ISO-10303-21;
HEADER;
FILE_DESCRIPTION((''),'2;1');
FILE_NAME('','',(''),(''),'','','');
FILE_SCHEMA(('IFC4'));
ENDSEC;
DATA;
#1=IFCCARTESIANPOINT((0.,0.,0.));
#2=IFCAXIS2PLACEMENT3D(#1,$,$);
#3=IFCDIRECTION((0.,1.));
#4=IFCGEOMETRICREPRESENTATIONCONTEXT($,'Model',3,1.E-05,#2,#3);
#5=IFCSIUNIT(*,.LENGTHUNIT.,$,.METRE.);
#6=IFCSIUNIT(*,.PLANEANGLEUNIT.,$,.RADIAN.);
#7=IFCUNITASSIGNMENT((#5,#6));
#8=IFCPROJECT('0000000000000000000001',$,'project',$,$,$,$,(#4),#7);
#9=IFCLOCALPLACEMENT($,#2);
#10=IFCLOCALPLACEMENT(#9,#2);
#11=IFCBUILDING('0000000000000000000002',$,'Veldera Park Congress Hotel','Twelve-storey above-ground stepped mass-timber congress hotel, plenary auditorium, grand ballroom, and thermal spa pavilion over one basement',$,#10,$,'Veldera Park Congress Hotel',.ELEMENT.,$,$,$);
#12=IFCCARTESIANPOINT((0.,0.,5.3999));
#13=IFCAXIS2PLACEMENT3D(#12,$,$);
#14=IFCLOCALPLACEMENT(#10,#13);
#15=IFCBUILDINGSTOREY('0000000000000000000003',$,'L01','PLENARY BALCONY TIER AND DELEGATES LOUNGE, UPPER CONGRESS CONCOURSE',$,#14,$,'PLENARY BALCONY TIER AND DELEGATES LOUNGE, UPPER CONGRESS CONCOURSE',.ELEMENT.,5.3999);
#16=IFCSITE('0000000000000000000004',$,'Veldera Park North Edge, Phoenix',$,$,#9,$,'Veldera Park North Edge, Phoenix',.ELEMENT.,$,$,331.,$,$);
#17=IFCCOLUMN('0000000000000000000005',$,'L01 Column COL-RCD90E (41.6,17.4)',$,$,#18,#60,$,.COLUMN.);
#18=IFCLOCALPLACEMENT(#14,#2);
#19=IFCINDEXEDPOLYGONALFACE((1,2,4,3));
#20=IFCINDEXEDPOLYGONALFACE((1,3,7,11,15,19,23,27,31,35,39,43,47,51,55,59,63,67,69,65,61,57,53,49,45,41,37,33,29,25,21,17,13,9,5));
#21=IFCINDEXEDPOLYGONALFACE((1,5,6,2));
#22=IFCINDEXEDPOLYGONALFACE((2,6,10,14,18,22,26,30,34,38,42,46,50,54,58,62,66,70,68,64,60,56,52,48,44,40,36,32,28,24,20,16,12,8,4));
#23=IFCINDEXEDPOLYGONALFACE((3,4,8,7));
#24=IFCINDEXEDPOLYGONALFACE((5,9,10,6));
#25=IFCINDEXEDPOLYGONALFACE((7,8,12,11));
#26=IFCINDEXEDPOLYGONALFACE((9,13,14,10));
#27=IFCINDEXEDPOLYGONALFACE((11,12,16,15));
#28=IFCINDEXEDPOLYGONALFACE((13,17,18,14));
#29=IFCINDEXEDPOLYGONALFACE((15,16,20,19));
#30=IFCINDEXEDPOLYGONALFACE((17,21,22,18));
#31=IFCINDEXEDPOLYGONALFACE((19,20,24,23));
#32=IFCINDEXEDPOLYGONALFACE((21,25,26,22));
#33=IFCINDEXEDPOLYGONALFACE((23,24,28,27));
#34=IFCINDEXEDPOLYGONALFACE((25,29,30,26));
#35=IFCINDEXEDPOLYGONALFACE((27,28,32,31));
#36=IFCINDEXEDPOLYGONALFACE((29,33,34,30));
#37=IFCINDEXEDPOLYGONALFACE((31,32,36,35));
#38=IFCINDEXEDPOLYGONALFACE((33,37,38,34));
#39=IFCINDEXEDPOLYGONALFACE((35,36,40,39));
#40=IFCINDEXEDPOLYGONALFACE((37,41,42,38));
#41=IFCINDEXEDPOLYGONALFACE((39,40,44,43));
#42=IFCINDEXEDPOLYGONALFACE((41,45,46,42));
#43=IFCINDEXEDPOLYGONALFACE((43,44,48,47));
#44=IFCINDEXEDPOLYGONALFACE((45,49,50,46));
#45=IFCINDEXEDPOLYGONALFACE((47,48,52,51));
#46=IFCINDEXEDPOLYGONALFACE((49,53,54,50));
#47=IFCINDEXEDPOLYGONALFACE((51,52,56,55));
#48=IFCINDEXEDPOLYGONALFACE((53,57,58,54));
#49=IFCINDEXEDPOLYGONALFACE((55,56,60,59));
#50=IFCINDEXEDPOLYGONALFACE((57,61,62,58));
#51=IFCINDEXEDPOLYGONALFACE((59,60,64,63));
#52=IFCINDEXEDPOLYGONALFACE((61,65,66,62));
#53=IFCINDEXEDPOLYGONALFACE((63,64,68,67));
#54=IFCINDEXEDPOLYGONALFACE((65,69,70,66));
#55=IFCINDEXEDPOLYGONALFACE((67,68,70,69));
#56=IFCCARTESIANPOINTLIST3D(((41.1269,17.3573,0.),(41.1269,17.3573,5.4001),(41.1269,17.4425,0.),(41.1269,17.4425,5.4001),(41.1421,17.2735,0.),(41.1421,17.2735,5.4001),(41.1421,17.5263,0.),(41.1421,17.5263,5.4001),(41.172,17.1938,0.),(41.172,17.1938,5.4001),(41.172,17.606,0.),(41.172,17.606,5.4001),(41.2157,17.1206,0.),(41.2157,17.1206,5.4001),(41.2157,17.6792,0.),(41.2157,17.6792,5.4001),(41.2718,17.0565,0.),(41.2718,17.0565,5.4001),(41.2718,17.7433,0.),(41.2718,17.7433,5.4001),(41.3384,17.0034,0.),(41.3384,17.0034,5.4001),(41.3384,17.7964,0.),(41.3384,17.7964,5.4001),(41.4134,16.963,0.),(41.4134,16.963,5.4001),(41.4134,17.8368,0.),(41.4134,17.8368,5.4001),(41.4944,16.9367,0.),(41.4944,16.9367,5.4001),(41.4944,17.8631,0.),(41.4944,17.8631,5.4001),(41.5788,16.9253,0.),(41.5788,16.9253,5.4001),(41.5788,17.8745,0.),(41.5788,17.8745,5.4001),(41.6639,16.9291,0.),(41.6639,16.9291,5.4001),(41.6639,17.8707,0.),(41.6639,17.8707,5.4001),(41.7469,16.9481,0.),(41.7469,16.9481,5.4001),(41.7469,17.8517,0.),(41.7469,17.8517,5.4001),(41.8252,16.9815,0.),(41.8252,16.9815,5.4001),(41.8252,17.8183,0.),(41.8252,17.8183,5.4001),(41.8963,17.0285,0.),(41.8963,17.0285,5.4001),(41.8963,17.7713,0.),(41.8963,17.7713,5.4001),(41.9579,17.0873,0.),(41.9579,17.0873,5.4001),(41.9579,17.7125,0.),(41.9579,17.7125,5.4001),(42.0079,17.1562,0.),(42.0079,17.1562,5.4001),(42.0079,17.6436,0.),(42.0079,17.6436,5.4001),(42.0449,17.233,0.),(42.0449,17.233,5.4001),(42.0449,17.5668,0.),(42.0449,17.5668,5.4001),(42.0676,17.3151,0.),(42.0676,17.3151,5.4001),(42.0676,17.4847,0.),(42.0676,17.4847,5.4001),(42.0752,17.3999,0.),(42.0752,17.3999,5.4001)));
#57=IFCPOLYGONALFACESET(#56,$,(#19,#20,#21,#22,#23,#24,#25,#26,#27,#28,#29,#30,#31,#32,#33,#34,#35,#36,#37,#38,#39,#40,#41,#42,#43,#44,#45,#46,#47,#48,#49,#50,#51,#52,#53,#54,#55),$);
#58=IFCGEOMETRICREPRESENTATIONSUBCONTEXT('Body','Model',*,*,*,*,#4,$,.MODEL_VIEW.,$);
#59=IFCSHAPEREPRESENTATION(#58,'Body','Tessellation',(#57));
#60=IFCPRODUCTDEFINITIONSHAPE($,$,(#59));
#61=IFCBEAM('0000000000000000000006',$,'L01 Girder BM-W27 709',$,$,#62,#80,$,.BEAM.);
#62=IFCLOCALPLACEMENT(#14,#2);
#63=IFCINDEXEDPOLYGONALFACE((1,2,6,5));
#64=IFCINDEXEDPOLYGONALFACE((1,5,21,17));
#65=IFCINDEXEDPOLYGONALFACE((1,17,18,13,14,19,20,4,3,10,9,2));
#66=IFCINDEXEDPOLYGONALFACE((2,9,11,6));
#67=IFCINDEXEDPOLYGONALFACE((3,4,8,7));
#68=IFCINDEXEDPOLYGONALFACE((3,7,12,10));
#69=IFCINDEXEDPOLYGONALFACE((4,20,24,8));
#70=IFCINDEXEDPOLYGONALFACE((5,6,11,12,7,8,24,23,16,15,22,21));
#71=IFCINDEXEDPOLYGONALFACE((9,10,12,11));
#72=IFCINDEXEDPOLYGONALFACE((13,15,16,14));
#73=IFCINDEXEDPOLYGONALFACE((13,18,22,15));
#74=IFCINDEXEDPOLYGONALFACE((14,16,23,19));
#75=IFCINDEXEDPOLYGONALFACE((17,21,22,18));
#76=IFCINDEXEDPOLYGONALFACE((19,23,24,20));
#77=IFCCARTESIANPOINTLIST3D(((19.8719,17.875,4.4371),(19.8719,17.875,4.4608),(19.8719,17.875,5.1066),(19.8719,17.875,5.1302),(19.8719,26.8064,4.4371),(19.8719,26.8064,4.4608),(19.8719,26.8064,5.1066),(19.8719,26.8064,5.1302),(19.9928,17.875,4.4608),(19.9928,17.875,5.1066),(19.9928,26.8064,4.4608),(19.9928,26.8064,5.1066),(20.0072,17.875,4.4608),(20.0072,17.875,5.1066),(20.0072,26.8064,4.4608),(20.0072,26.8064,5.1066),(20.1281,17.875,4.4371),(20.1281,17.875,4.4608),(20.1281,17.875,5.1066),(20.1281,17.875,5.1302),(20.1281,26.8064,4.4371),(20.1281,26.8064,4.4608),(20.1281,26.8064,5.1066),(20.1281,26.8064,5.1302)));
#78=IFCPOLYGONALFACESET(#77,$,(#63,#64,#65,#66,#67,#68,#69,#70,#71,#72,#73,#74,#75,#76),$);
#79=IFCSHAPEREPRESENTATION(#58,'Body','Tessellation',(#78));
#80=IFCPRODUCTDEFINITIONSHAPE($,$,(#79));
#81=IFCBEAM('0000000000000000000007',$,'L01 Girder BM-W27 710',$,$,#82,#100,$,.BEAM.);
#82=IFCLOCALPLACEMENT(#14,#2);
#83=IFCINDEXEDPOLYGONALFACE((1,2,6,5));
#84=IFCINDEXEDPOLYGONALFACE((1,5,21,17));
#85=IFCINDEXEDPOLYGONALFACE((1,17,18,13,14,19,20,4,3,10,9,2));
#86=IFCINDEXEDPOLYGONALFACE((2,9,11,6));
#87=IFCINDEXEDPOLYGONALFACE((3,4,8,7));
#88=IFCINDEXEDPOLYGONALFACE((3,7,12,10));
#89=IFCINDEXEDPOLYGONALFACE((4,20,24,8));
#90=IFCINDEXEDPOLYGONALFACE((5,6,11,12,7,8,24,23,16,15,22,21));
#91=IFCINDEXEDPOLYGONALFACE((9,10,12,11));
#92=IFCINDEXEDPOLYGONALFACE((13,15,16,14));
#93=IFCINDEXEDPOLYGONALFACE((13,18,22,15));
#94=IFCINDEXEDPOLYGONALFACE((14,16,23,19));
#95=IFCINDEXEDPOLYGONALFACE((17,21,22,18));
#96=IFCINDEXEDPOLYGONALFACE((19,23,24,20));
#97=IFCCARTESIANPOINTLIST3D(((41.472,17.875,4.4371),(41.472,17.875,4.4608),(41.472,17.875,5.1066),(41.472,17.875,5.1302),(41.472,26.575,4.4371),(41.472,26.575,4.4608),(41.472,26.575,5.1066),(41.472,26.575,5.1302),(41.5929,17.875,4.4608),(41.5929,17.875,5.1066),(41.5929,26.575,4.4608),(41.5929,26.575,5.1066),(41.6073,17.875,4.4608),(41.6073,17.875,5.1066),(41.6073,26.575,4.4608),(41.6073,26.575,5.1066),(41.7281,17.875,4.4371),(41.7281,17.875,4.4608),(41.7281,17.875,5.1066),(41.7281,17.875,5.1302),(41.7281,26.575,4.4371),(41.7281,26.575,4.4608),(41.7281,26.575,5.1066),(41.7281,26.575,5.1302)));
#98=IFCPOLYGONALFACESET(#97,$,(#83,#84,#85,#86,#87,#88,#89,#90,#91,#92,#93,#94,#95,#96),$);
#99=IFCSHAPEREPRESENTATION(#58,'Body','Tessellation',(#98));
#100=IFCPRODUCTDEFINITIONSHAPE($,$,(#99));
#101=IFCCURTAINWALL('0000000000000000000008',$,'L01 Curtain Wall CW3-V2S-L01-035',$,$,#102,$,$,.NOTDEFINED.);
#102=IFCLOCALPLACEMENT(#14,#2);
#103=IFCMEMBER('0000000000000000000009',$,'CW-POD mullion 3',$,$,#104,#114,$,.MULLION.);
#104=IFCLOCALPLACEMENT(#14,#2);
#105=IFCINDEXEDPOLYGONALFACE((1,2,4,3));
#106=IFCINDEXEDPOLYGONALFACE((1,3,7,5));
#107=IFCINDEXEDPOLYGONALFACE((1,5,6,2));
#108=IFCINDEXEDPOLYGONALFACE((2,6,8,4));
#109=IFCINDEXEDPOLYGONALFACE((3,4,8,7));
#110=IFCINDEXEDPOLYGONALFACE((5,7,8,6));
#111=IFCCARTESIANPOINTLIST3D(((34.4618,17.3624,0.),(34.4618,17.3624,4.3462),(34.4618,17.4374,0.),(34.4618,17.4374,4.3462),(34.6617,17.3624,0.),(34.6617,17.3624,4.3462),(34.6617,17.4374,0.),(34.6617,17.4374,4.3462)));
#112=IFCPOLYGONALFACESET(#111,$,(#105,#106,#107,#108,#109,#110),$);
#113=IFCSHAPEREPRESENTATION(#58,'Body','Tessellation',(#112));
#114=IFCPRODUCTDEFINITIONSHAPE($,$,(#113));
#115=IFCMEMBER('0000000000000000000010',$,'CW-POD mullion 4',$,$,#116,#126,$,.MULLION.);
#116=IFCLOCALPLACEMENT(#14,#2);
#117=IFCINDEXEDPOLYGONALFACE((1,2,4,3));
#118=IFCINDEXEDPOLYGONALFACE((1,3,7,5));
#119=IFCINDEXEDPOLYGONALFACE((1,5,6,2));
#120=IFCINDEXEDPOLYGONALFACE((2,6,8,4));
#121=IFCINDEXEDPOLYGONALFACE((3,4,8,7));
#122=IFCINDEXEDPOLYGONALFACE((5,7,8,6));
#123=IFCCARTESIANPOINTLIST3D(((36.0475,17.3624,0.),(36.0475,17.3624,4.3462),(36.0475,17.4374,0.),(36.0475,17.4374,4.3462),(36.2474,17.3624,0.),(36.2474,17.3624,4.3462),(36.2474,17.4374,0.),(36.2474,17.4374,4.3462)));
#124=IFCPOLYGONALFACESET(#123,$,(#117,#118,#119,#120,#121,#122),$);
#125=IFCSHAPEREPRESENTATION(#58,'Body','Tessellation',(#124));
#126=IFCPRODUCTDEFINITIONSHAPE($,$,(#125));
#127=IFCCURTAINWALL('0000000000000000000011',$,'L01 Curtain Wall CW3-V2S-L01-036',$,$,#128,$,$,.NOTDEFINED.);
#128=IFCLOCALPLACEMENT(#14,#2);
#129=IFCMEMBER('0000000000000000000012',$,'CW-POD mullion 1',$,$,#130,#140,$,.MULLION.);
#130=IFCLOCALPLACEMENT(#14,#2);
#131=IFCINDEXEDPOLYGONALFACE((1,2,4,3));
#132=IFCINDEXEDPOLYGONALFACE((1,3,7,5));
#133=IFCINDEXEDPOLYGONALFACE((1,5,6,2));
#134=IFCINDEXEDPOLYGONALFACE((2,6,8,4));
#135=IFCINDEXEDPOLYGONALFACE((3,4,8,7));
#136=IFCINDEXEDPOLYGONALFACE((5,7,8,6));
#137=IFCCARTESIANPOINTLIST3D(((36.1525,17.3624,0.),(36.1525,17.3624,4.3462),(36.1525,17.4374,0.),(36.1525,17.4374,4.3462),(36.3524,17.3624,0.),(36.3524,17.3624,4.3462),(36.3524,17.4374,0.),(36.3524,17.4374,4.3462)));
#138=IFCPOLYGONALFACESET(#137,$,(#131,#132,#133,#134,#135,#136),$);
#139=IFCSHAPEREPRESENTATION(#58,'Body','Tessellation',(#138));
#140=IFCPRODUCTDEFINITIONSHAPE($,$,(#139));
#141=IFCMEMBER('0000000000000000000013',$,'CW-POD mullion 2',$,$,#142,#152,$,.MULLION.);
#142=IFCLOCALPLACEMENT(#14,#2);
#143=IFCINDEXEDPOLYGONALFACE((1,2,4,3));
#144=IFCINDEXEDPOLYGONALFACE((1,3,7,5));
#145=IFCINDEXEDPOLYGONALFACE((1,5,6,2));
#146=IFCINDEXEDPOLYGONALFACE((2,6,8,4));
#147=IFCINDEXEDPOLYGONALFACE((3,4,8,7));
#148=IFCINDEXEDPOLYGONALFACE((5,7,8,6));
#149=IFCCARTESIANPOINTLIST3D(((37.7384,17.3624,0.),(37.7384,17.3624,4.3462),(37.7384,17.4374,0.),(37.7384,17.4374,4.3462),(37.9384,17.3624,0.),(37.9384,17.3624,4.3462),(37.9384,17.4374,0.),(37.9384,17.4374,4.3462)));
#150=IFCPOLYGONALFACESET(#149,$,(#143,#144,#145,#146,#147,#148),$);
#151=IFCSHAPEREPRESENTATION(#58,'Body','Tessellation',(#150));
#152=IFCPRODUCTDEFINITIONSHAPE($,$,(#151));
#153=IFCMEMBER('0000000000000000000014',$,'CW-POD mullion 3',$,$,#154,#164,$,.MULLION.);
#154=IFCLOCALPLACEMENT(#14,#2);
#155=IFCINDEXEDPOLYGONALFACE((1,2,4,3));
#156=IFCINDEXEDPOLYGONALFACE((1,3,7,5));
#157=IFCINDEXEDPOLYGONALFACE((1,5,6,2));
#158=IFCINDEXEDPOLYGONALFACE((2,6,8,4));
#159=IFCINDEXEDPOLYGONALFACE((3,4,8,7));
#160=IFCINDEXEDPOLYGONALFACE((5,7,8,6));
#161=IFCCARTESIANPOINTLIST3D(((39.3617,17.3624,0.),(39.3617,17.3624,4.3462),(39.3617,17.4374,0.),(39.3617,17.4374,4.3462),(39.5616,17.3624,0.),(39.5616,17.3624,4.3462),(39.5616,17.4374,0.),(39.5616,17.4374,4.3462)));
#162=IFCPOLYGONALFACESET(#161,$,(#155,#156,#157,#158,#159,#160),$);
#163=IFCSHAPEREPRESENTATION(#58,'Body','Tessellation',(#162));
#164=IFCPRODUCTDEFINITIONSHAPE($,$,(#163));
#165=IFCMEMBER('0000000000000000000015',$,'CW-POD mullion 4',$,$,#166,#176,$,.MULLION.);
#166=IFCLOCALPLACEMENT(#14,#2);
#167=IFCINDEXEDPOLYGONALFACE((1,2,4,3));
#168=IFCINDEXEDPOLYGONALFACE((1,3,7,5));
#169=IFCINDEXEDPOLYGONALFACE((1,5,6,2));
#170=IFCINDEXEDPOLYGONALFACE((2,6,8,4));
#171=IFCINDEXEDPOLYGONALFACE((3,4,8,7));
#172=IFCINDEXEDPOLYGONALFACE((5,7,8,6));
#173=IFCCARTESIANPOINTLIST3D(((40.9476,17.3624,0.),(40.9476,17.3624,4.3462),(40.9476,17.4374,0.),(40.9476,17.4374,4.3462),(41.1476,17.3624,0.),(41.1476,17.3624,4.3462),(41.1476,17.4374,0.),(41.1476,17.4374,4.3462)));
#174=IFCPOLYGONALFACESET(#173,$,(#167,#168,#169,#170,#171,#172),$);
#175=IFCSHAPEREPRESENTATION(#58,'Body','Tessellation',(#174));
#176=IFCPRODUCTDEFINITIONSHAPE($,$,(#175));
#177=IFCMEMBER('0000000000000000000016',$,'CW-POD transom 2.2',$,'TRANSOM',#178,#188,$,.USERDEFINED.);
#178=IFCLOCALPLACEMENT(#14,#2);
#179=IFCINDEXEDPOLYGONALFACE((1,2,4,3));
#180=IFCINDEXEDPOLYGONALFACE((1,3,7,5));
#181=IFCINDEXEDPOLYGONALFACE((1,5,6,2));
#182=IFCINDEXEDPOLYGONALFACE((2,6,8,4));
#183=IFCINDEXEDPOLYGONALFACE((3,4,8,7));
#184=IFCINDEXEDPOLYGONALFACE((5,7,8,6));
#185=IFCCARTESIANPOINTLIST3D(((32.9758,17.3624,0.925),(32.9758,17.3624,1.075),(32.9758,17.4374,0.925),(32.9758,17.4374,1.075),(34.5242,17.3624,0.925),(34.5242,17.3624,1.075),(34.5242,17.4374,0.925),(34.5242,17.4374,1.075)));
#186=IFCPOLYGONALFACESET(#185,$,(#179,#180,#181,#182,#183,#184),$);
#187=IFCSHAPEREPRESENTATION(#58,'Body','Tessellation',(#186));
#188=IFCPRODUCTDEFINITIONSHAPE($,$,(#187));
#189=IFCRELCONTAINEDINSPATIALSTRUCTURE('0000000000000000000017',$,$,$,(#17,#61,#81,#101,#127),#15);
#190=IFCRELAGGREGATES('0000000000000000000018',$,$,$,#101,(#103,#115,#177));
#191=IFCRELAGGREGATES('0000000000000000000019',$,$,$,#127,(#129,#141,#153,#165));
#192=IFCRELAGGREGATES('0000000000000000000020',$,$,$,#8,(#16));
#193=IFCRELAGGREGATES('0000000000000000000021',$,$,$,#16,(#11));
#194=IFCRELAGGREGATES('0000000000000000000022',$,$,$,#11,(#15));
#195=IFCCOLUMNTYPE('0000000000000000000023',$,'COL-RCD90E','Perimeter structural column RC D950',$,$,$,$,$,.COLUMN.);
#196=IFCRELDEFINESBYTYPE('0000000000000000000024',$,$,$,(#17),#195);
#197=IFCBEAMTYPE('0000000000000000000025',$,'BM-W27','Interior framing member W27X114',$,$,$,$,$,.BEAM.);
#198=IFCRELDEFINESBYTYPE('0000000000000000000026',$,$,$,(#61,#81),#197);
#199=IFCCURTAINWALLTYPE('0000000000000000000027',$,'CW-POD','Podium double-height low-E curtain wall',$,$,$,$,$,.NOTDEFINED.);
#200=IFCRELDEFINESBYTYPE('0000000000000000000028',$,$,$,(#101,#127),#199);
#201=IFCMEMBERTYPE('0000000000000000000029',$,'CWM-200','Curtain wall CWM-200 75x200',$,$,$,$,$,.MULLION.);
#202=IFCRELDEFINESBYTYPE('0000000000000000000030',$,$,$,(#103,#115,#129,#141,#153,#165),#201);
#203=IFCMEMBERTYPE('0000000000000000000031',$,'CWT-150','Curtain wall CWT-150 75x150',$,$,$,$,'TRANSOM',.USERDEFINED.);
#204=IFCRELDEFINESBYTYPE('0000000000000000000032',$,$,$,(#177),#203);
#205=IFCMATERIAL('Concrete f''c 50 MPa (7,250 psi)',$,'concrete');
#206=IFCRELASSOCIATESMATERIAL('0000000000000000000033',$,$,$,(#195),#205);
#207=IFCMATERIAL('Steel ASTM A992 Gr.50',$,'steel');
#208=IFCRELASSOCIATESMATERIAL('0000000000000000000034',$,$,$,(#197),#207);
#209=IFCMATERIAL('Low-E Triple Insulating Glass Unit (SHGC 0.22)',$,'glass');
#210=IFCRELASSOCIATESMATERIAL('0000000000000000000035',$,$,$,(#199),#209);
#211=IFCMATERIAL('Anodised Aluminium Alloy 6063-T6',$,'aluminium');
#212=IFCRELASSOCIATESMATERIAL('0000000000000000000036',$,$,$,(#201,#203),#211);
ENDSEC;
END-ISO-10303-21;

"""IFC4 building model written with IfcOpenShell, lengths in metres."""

from ifc_helpers import new_model, si_unit, direction, frame, origin, origin_2d, place, context, subcontext, project, spatial, rectangle, circle, i_section, extrude, material, material_profile, profile_set, type_object, element, aggregate, save


model = new_model("IFC4")

# Units and contexts
model_context = context("Model", 3, precision=1e-05, world=origin(), true_north=direction((0.0, 1.0)))
body_context = subcontext(model_context, "Body", "Model", "MODEL_VIEW")
ifc_project = project(units=[si_unit("LENGTHUNIT", "METRE"), si_unit("PLANEANGLEUNIT", "RADIAN")], contexts=[model_context])

# Site, building, storey
site_placement = place(None, origin())
site = spatial("IfcSite", under=ifc_project, at=site_placement, Name="Veldera Park North Edge, Phoenix", LongName="Veldera Park North Edge, Phoenix", CompositionType="ELEMENT", RefElevation=331.0)
building_placement = place(site_placement, origin())
building = spatial("IfcBuilding", under=site, at=building_placement, Name="Veldera Park Congress Hotel", Description="Twelve-storey above-ground stepped mass-timber congress hotel, plenary auditorium, grand ballroom, and thermal spa pavilion over one basement", LongName="Veldera Park Congress Hotel", CompositionType="ELEMENT")
storey_placement = place(building_placement, frame((0.0, 0.0, 5.3999)))
storey = spatial("IfcBuildingStorey", under=building, at=storey_placement, Name="L01", Description="PLENARY BALCONY TIER AND DELEGATES LOUNGE, UPPER CONGRESS CONCOURSE", LongName="PLENARY BALCONY TIER AND DELEGATES LOUNGE, UPPER CONGRESS CONCOURSE", CompositionType="ELEMENT", Elevation=5.3999)

# Column
ifc_material_1 = material(Name="Concrete f'c 50 MPa (7,250 psi)", Category="concrete")
ifc_material_profile_1 = material_profile(ifc_material_1, circle(Radius=0.4751, at=origin_2d()), Name="RC D950")
ifc_profile_set_1 = profile_set([ifc_material_profile_1], Name="Concrete f'c 50 MPa (7,250 psi)")
column_type = type_object("IfcColumnType", Name="COL-RCD90E", Description="Perimeter structural column RC D950", PredefinedType="COLUMN", material=ifc_profile_set_1)
column_placement = place(storey_placement, frame((41.6001, 17.3999, 0.0), z_axis=(0.0, 0.0, 1.0), x_axis=(1.0, 0.0, 0.0)))
element("IfcColumn", 1, at=column_placement, inside=storey, type_object=column_type, Name="L01 Column COL-RCD90E (41.6,17.4)", PredefinedType="COLUMN", context=body_context, shape_type="SweptSolid", body=[
    extrude(circle(Radius=0.4751, at=origin_2d()), origin(), (0.0, 0.0, 1.0), 5.4001),
])

# Beams
ifc_material_2 = material(Name="Steel ASTM A992 Gr.50", Category="steel")
ifc_material_profile_2 = material_profile(ifc_material_2, i_section(OverallWidth=0.2561, OverallDepth=0.6931, WebThickness=0.0144, FlangeThickness=0.0237, at=origin_2d()), Name="W27X114")
ifc_profile_set_2 = profile_set([ifc_material_profile_2], Name="Steel ASTM A992 Gr.50")
beam_type = type_object("IfcBeamType", Name="BM-W27", Description="Interior framing member W27X114", PredefinedType="BEAM", material=ifc_profile_set_2)
beam_1_placement = place(storey_placement, frame((20.0, 17.875, 4.7837), z_axis=(0.0, 1.0, 0.0), x_axis=(-1.0, 0.0, 0.0)))
element("IfcBeam", 2, at=beam_1_placement, inside=storey, type_object=beam_type, Name="L01 Girder BM-W27 709", PredefinedType="BEAM", context=body_context, shape_type="SweptSolid", body=[
    extrude(i_section(OverallWidth=0.2561, OverallDepth=0.6931, WebThickness=0.0144, FlangeThickness=0.0237, at=origin_2d()), origin(), (0.0, 0.0, 1.0), 8.9314),
])
beam_2_placement = place(storey_placement, frame((41.6001, 17.875, 4.7837), z_axis=(0.0, 1.0, 0.0), x_axis=(-1.0, 0.0, 0.0)))
element("IfcBeam", 3, at=beam_2_placement, inside=storey, type_object=beam_type, Name="L01 Girder BM-W27 710", PredefinedType="BEAM", context=body_context, shape_type="SweptSolid", body=[
    extrude(i_section(OverallWidth=0.2561, OverallDepth=0.6931, WebThickness=0.0144, FlangeThickness=0.0237, at=origin_2d()), origin(), (0.0, 0.0, 1.0), 8.7),
])

# Curtain walls, members
ifc_material_3 = material(Name="Low-E Triple Insulating Glass Unit (SHGC 0.22)", Category="glass")
curtain_wall_type = type_object("IfcCurtainWallType", Name="CW-POD", Description="Podium double-height low-E curtain wall", PredefinedType="NOTDEFINED", material=ifc_material_3)
curtain_wall_1_placement = place(storey_placement, origin())
curtain_wall_1 = element("IfcCurtainWall", 4, at=curtain_wall_1_placement, inside=storey, type_object=curtain_wall_type, Name="L01 Curtain Wall CW3-V2S-L01-035", PredefinedType="NOTDEFINED")
ifc_material_4 = material(Name="Anodised Aluminium Alloy 6063-T6", Category="aluminium")
ifc_material_profile_3 = material_profile(ifc_material_4, rectangle(XDim=0.075, YDim=0.2, at=origin_2d()), Name="ALU 75x200")
ifc_profile_set_3 = profile_set([ifc_material_profile_3], Name="Anodised Aluminium Alloy 6063-T6")
member_type_1 = type_object("IfcMemberType", Name="CWM-200", Description="Curtain wall CWM-200 75x200", PredefinedType="MULLION", material=ifc_profile_set_3)
member_1_placement = place(storey_placement, frame((34.5618, 17.3999, 0.0), z_axis=(0.0, 0.0, 1.0), x_axis=(0.0, 1.0, 0.0)))
member_1 = element("IfcMember", 5, at=member_1_placement, type_object=member_type_1, Name="CW-POD mullion 3", PredefinedType="MULLION", context=body_context, shape_type="SweptSolid", body=[
    extrude(rectangle(XDim=0.075, YDim=0.2, at=origin_2d()), origin(), (0.0, 0.0, 1.0), 4.3462),
])
member_2_placement = place(storey_placement, frame((36.1475, 17.3999, 0.0), z_axis=(0.0, 0.0, 1.0), x_axis=(0.0, 1.0, 0.0)))
member_2 = element("IfcMember", 6, at=member_2_placement, type_object=member_type_1, Name="CW-POD mullion 4", PredefinedType="MULLION", context=body_context, shape_type="SweptSolid", body=[
    extrude(rectangle(XDim=0.075, YDim=0.2, at=origin_2d()), origin(), (0.0, 0.0, 1.0), 4.3462),
])
curtain_wall_2_placement = place(storey_placement, origin())
curtain_wall_2 = element("IfcCurtainWall", 7, at=curtain_wall_2_placement, inside=storey, type_object=curtain_wall_type, Name="L01 Curtain Wall CW3-V2S-L01-036", PredefinedType="NOTDEFINED")
member_3_placement = place(storey_placement, frame((36.2524, 17.3999, 0.0), z_axis=(0.0, 0.0, 1.0), x_axis=(0.0, 1.0, 0.0)))
member_3 = element("IfcMember", 8, at=member_3_placement, type_object=member_type_1, Name="CW-POD mullion 1", PredefinedType="MULLION", context=body_context, shape_type="SweptSolid", body=[
    extrude(rectangle(XDim=0.075, YDim=0.2, at=origin_2d()), origin(), (0.0, 0.0, 1.0), 4.3462),
])
member_4_placement = place(storey_placement, frame((37.8384, 17.3999, 0.0), z_axis=(0.0, 0.0, 1.0), x_axis=(0.0, 1.0, 0.0)))
member_4 = element("IfcMember", 9, at=member_4_placement, type_object=member_type_1, Name="CW-POD mullion 2", PredefinedType="MULLION", context=body_context, shape_type="SweptSolid", body=[
    extrude(rectangle(XDim=0.075, YDim=0.2, at=origin_2d()), origin(), (0.0, 0.0, 1.0), 4.3462),
])
member_5_placement = place(storey_placement, frame((39.4617, 17.3999, 0.0), z_axis=(0.0, 0.0, 1.0), x_axis=(0.0, 1.0, 0.0)))
member_5 = element("IfcMember", 10, at=member_5_placement, type_object=member_type_1, Name="CW-POD mullion 3", PredefinedType="MULLION", context=body_context, shape_type="SweptSolid", body=[
    extrude(rectangle(XDim=0.075, YDim=0.2, at=origin_2d()), origin(), (0.0, 0.0, 1.0), 4.3462),
])
member_6_placement = place(storey_placement, frame((41.0476, 17.3999, 0.0), z_axis=(0.0, 0.0, 1.0), x_axis=(0.0, 1.0, 0.0)))
member_6 = element("IfcMember", 11, at=member_6_placement, type_object=member_type_1, Name="CW-POD mullion 4", PredefinedType="MULLION", context=body_context, shape_type="SweptSolid", body=[
    extrude(rectangle(XDim=0.075, YDim=0.2, at=origin_2d()), origin(), (0.0, 0.0, 1.0), 4.3462),
])

# Member
ifc_material_profile_4 = material_profile(ifc_material_4, rectangle(XDim=0.075, YDim=0.1499, at=origin_2d()), Name="ALU 75x150")
ifc_profile_set_4 = profile_set([ifc_material_profile_4], Name="Anodised Aluminium Alloy 6063-T6")
member_type_2 = type_object("IfcMemberType", Name="CWT-150", Description="Curtain wall CWT-150 75x150", ElementType="TRANSOM", PredefinedType="USERDEFINED", material=ifc_profile_set_4)
member_7_placement = place(storey_placement, frame((32.9758, 17.3999, 1.0), z_axis=(1.0, 0.0, 0.0), x_axis=(0.0, 1.0, 0.0)))
member_7 = element("IfcMember", 12, at=member_7_placement, type_object=member_type_2, Name="CW-POD transom 2.2", ObjectType="TRANSOM", PredefinedType="USERDEFINED", context=body_context, shape_type="SweptSolid", body=[
    extrude(rectangle(XDim=0.075, YDim=0.1499, at=origin_2d()), origin(), (0.0, 0.0, 1.0), 1.5483),
])

aggregate(curtain_wall_1, [member_1, member_2, member_7])
aggregate(curtain_wall_2, [member_3, member_4, member_5, member_6])

save(model, "model.ifc")
